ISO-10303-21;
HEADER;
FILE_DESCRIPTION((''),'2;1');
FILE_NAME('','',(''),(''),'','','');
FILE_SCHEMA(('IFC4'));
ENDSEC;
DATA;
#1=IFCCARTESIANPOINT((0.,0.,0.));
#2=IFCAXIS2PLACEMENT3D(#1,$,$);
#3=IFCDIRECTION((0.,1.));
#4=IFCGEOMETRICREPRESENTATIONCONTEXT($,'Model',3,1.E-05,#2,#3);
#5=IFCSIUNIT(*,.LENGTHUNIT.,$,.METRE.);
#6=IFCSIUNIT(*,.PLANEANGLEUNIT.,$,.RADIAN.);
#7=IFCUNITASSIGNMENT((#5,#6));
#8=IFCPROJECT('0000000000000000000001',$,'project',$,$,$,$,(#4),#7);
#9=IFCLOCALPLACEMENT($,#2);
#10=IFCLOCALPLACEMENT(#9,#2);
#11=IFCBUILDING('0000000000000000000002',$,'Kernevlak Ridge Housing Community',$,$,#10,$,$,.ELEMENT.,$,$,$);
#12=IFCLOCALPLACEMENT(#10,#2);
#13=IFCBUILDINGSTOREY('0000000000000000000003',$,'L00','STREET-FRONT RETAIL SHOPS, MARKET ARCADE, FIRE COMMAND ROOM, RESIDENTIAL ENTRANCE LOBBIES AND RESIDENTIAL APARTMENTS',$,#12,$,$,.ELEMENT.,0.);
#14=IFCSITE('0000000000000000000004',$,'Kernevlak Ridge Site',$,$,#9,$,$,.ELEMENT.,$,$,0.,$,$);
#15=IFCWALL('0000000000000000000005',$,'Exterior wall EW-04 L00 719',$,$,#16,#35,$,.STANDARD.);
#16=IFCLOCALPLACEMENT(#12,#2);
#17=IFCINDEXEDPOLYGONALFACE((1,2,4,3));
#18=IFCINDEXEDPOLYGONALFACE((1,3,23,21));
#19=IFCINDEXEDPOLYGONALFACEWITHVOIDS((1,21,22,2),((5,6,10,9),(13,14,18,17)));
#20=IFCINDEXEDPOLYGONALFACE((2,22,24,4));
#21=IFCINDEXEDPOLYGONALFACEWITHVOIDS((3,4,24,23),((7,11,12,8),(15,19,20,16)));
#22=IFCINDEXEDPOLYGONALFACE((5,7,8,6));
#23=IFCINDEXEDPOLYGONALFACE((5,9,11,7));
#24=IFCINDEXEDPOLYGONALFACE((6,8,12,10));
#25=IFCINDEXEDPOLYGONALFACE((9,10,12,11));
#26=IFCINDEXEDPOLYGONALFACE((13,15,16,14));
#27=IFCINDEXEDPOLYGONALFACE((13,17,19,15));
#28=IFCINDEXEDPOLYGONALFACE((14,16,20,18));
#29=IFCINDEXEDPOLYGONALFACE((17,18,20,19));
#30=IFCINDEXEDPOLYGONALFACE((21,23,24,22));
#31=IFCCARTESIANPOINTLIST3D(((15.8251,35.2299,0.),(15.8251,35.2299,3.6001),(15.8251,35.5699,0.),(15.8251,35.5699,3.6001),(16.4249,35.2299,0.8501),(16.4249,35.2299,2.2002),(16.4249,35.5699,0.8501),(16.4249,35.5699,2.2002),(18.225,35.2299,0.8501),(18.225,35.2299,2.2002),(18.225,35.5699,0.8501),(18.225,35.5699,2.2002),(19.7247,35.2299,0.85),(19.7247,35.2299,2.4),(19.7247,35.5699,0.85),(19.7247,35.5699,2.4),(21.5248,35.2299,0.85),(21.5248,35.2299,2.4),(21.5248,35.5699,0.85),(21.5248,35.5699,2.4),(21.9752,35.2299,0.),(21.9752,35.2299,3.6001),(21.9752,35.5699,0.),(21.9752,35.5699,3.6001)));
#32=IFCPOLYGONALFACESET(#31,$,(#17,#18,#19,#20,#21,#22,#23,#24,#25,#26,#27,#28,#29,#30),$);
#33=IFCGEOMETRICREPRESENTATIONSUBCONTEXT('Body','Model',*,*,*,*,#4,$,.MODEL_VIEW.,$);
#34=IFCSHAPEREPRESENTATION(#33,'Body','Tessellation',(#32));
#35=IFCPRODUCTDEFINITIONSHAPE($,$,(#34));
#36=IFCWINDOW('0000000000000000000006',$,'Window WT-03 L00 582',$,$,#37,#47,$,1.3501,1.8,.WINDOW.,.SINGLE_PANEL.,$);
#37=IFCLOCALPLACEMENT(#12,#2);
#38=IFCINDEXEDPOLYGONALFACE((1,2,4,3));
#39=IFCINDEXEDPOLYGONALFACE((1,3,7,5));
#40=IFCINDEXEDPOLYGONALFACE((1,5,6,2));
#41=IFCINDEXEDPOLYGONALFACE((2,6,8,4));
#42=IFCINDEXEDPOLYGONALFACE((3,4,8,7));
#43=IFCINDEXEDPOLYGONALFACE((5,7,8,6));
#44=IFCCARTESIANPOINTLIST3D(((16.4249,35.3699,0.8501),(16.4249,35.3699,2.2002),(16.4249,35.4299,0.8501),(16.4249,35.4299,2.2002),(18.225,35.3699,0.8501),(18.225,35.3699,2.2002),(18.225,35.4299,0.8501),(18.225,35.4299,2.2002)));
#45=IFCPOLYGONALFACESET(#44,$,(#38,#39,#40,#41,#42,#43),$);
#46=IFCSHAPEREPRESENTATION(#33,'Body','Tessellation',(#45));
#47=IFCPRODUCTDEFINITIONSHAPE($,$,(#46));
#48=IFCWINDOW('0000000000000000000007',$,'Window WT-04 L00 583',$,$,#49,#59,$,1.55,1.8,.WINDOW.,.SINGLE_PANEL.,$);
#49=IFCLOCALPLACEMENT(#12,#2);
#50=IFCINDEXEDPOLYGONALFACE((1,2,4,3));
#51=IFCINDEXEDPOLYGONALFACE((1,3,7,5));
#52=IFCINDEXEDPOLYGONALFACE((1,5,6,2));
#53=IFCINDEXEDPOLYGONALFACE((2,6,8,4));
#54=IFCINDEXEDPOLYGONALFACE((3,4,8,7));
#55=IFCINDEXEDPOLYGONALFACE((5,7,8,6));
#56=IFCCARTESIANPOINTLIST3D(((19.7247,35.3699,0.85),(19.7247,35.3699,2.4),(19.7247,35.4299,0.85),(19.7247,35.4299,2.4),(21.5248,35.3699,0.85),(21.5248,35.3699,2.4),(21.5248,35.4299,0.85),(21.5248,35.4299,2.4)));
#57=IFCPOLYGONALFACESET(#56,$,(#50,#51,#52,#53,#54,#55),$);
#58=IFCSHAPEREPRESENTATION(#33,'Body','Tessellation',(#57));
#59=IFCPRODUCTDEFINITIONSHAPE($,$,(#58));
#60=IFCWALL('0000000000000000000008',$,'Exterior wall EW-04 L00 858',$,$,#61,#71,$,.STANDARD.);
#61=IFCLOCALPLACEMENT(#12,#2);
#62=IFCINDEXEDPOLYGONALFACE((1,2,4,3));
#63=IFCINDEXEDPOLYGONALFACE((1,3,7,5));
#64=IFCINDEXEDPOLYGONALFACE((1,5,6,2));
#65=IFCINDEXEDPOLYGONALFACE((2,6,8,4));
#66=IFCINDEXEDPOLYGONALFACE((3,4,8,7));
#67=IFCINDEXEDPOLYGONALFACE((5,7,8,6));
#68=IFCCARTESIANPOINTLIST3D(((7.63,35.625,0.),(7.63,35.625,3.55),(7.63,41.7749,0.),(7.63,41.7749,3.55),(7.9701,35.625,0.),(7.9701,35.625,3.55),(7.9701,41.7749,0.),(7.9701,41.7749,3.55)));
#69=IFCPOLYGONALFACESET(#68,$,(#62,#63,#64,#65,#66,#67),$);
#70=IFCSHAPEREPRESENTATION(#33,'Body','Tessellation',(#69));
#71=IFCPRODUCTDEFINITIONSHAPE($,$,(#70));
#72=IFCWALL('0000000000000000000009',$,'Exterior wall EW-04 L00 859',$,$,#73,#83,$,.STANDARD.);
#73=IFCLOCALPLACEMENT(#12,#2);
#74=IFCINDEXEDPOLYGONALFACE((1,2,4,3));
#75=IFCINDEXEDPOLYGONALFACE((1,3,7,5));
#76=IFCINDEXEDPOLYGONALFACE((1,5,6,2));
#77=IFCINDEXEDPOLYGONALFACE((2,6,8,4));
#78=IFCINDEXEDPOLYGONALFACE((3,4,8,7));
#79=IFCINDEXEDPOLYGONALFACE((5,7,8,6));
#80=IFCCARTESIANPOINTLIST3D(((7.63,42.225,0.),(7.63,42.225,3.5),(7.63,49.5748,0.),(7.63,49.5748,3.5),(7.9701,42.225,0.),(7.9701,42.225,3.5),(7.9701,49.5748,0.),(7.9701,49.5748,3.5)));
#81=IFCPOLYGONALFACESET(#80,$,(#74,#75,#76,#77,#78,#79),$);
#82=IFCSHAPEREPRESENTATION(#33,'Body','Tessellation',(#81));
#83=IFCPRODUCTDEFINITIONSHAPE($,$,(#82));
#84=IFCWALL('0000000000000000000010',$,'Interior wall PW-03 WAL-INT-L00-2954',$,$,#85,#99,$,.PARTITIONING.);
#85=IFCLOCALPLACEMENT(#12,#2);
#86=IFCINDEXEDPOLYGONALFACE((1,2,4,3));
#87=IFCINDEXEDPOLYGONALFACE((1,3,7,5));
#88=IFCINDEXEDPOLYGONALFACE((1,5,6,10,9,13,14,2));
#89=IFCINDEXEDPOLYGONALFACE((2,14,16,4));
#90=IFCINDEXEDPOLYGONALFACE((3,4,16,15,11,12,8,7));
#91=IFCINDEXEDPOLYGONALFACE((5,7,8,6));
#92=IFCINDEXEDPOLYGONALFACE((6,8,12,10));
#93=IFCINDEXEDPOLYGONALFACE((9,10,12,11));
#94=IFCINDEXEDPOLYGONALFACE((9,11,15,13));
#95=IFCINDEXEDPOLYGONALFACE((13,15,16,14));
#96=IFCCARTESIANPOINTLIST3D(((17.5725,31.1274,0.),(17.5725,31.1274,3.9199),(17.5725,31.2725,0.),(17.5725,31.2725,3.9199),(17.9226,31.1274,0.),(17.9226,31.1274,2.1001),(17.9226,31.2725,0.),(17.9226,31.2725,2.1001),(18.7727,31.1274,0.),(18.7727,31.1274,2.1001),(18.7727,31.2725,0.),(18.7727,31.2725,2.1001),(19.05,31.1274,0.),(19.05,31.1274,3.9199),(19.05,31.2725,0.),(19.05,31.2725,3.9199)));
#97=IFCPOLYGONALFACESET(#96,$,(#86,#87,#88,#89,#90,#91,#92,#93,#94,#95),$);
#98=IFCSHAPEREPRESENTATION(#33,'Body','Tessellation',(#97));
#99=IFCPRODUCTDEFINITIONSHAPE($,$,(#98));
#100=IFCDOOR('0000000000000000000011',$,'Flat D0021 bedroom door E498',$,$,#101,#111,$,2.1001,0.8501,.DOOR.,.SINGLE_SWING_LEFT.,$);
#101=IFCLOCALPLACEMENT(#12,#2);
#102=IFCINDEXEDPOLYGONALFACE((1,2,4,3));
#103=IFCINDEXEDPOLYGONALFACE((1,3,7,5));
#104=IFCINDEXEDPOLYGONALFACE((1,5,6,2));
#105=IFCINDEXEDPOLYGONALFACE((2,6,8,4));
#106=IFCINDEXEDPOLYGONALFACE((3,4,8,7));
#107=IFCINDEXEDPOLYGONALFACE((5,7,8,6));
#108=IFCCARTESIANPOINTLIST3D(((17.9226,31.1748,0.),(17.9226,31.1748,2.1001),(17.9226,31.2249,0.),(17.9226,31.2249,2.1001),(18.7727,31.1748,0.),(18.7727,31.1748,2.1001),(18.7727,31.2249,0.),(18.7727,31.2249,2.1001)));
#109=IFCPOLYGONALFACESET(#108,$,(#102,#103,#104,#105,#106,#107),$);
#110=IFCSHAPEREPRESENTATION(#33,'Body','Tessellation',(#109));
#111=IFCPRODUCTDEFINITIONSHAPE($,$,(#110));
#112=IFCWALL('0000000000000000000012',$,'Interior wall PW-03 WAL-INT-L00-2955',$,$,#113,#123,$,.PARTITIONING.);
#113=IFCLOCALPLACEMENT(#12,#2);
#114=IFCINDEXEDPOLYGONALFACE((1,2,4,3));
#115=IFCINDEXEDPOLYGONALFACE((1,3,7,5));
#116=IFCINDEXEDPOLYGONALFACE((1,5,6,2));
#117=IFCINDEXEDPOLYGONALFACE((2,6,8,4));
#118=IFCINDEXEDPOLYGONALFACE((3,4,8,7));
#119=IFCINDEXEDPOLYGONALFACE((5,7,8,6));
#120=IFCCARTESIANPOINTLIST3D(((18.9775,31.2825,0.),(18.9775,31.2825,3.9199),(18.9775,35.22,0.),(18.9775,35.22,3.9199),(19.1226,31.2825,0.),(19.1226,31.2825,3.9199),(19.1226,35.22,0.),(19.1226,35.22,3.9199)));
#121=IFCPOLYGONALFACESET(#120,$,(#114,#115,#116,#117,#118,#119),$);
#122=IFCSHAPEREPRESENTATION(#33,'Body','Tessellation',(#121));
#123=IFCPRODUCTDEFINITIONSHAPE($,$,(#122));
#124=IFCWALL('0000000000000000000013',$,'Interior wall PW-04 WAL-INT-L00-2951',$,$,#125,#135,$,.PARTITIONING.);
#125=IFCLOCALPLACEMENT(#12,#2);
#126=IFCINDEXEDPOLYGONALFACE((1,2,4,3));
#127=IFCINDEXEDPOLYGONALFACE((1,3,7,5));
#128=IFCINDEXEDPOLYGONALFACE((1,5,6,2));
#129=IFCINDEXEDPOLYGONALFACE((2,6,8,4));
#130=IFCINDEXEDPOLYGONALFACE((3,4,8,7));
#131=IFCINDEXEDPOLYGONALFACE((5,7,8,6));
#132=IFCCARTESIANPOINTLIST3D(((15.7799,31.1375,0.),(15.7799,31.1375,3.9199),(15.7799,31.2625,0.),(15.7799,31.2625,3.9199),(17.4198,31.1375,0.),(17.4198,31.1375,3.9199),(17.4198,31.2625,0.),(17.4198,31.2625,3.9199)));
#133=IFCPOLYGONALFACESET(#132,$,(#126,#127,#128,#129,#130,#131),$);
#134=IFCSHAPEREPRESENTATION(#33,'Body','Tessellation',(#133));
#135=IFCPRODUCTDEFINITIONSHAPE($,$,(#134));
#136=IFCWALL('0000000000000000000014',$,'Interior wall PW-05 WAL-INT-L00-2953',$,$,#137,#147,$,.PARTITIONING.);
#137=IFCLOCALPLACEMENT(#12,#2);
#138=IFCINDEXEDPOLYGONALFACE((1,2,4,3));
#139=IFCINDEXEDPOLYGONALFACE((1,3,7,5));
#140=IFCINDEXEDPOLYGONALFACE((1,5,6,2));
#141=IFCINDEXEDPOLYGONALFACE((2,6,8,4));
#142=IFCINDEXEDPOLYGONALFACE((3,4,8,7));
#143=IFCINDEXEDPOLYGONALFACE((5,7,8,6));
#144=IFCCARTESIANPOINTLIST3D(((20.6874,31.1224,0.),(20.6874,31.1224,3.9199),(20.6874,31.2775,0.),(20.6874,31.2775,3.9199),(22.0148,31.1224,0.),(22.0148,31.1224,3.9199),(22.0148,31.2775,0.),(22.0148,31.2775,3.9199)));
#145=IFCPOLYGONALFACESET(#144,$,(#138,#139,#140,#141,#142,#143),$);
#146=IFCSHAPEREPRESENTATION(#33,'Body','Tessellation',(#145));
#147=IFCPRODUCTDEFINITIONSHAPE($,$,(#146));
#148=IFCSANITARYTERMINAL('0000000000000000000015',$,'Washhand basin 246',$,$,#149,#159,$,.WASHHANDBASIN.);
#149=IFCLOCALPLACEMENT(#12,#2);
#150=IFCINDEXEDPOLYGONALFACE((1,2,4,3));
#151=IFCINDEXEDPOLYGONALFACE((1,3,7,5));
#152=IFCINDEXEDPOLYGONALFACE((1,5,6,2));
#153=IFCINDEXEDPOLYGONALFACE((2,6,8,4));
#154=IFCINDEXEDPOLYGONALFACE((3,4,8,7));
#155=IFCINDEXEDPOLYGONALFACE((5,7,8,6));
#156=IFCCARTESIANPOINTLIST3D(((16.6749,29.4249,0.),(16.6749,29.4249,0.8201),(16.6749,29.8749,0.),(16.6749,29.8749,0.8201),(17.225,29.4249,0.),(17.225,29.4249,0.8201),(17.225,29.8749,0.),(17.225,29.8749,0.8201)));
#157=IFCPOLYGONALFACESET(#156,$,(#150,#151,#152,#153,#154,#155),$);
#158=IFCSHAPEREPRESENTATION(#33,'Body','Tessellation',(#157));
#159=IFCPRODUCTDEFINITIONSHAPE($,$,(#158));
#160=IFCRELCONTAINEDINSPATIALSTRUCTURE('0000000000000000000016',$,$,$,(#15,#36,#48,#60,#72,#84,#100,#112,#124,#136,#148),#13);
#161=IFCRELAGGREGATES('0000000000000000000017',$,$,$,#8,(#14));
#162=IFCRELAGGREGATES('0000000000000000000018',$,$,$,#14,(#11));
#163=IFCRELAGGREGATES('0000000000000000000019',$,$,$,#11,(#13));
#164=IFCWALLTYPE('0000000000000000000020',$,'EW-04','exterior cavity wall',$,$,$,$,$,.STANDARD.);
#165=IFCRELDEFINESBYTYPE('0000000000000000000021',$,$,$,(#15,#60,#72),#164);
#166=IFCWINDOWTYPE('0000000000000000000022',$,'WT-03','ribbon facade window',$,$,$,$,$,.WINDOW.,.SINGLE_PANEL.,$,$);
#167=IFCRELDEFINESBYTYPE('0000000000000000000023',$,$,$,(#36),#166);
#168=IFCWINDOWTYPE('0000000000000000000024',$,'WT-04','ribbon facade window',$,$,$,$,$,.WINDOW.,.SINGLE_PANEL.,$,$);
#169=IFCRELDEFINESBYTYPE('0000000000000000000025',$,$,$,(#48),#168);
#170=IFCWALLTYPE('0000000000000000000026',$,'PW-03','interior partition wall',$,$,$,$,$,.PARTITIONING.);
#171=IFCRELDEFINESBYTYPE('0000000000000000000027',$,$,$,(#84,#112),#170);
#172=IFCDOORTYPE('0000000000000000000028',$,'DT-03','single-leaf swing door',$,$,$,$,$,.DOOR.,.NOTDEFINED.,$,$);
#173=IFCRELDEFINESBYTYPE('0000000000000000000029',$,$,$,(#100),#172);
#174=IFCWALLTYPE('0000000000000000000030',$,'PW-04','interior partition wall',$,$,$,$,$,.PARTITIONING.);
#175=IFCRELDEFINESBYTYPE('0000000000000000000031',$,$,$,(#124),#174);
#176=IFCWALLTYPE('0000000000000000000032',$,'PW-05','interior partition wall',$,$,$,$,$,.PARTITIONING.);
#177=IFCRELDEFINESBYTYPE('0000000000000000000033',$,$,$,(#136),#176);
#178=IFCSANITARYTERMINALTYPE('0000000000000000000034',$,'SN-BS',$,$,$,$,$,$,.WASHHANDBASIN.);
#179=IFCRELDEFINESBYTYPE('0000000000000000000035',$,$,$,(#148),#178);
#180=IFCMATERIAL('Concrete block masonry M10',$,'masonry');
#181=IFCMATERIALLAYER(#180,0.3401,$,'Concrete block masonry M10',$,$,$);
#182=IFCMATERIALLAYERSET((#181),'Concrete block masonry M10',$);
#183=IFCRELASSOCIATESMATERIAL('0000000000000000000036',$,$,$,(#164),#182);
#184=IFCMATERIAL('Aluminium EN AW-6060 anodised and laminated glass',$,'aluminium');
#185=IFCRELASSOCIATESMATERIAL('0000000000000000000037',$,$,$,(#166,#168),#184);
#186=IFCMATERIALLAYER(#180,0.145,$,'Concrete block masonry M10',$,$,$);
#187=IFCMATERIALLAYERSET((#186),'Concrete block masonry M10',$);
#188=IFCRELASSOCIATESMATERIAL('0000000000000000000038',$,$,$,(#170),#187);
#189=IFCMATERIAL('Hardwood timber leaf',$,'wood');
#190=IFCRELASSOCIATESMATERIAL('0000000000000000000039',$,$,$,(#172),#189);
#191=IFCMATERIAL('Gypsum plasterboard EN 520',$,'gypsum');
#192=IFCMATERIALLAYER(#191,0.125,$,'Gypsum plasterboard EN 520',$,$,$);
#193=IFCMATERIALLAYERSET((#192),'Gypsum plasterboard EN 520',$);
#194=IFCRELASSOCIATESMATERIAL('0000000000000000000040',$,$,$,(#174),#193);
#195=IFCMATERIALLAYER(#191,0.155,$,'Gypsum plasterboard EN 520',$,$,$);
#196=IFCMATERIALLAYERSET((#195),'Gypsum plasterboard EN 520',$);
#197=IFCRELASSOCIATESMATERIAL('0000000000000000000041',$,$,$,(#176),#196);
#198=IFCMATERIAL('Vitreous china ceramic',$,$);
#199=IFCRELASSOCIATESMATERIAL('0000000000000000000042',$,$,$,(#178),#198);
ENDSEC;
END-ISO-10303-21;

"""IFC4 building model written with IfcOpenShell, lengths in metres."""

from ifc_helpers import new_model, si_unit, direction, frame, frame_2d, origin, origin_2d, place, context, subcontext, project, spatial, rectangle, extrude, material, layer, layer_set, type_object, element, fill, save


model = new_model("IFC4")

# Units and contexts
model_context = context("Model", 3, precision=1e-05, world=origin(), true_north=direction((0.0, 1.0)))
body_context = subcontext(model_context, "Body", "Model", "MODEL_VIEW")
ifc_project = project(units=[si_unit("LENGTHUNIT", "METRE"), si_unit("PLANEANGLEUNIT", "RADIAN")], contexts=[model_context])

# Site, building, storey
site_placement = place(None, origin())
site = spatial("IfcSite", under=ifc_project, at=site_placement, Name="Kernevlak Ridge Site", CompositionType="ELEMENT", RefElevation=0.0)
building_placement = place(site_placement, origin())
building = spatial("IfcBuilding", under=site, at=building_placement, Name="Kernevlak Ridge Housing Community", CompositionType="ELEMENT")
storey_placement = place(building_placement, origin())
storey = spatial("IfcBuildingStorey", under=building, at=storey_placement, Name="L00", Description="STREET-FRONT RETAIL SHOPS, MARKET ARCADE, FIRE COMMAND ROOM, RESIDENTIAL ENTRANCE LOBBIES AND RESIDENTIAL APARTMENTS", CompositionType="ELEMENT", Elevation=0.0)

# Wall, openings, windows
ifc_material_1 = material(Name="Concrete block masonry M10", Category="masonry")
ifc_layer_1 = layer(ifc_material_1, 0.3401, Name="Concrete block masonry M10")
ifc_layer_set_1 = layer_set([ifc_layer_1], Name="Concrete block masonry M10")
wall_type_1 = type_object("IfcWallType", Name="EW-04", Description="exterior cavity wall", PredefinedType="STANDARD", material=ifc_layer_set_1)
wall_1_placement = place(storey_placement, frame((15.825, 35.3999, 0.0), z_axis=(0.0, 0.0, 1.0), x_axis=(1.0, 0.0, 0.0)))
wall_1 = element("IfcWall", 1, at=wall_1_placement, inside=storey, type_object=wall_type_1, Name="Exterior wall EW-04 L00 719", PredefinedType="STANDARD", context=body_context, shape_type="SweptSolid", body=[
    extrude(rectangle(XDim=6.1501, YDim=0.3401, at=frame_2d((3.0752, 0.0))), origin(), (0.0, 0.0, 1.0), 3.6001),
])
opening_1_placement = place(wall_1_placement, frame((0.6001, 0.0, 0.8501)))
opening_1 = element("IfcOpeningElement", 2, at=opening_1_placement, cuts=wall_1, PredefinedType="OPENING", context=body_context, shape_type="SweptSolid", body=[
    extrude(rectangle(XDim=1.8, YDim=1.3501, at=frame_2d((0.8999, 0.675))), frame((0.0, 0.1799, 0.0), z_axis=(0.0, -1.0, 0.0), x_axis=(1.0, 0.0, 0.0)), (0.0, 0.0, 1.0), 0.3601),
])
opening_2_placement = place(wall_1_placement, frame((3.8999, 0.0, 0.8501)))
opening_2 = element("IfcOpeningElement", 3, at=opening_2_placement, cuts=wall_1, PredefinedType="OPENING", context=body_context, shape_type="SweptSolid", body=[
    extrude(rectangle(XDim=1.8, YDim=1.55, at=frame_2d((0.8999, 0.7749))), frame((0.0, 0.1799, 0.0), z_axis=(0.0, -1.0, 0.0), x_axis=(1.0, 0.0, 0.0)), (0.0, 0.0, 1.0), 0.3601),
])
ifc_material_2 = material(Name="Aluminium EN AW-6060 anodised and laminated glass", Category="aluminium")
window_type_1 = type_object("IfcWindowType", Name="WT-03", Description="ribbon facade window", PartitioningType="SINGLE_PANEL", PredefinedType="WINDOW", material=ifc_material_2)
window_1_placement = place(opening_1_placement, origin())
window_1 = element("IfcWindow", 4, at=window_1_placement, inside=storey, type_object=window_type_1, Name="Window WT-03 L00 582", OverallHeight=1.3501, OverallWidth=1.8, PartitioningType="SINGLE_PANEL", PredefinedType="WINDOW", context=body_context, shape_type="SweptSolid", body=[
    extrude(rectangle(XDim=1.8, YDim=1.3501, at=frame_2d((0.8999, 0.675))), frame((0.0, 0.03, 0.0), z_axis=(0.0, -1.0, 0.0), x_axis=(1.0, 0.0, 0.0)), (0.0, 0.0, 1.0), 0.0601),
])
fill(opening_1, window_1)
window_type_2 = type_object("IfcWindowType", Name="WT-04", Description="ribbon facade window", PartitioningType="SINGLE_PANEL", PredefinedType="WINDOW", material=ifc_material_2)
window_2_placement = place(opening_2_placement, origin())
window_2 = element("IfcWindow", 5, at=window_2_placement, inside=storey, type_object=window_type_2, Name="Window WT-04 L00 583", OverallHeight=1.55, OverallWidth=1.8, PartitioningType="SINGLE_PANEL", PredefinedType="WINDOW", context=body_context, shape_type="SweptSolid", body=[
    extrude(rectangle(XDim=1.8, YDim=1.55, at=frame_2d((0.8999, 0.7749))), frame((0.0, 0.03, 0.0), z_axis=(0.0, -1.0, 0.0), x_axis=(1.0, 0.0, 0.0)), (0.0, 0.0, 1.0), 0.0601),
])
fill(opening_2, window_2)

# Walls
wall_2_placement = place(storey_placement, frame((7.8, 35.625, 0.0), z_axis=(0.0, 0.0, 1.0), x_axis=(0.0, 1.0, 0.0)))
element("IfcWall", 6, at=wall_2_placement, inside=storey, type_object=wall_type_1, Name="Exterior wall EW-04 L00 858", PredefinedType="STANDARD", context=body_context, shape_type="SweptSolid", body=[
    extrude(rectangle(XDim=6.1499, YDim=0.3401, at=frame_2d((3.075, 0.0))), origin(), (0.0, 0.0, 1.0), 3.55),
])
wall_3_placement = place(storey_placement, frame((7.8, 42.2251, 0.0), z_axis=(0.0, 0.0, 1.0), x_axis=(0.0, 1.0, 0.0)))
element("IfcWall", 7, at=wall_3_placement, inside=storey, type_object=wall_type_1, Name="Exterior wall EW-04 L00 859", PredefinedType="STANDARD", context=body_context, shape_type="SweptSolid", body=[
    extrude(rectangle(XDim=7.3499, YDim=0.3401, at=frame_2d((3.6748, 0.0))), origin(), (0.0, 0.0, 1.0), 3.5),
])

# Wall, opening, door
ifc_layer_2 = layer(ifc_material_1, 0.145, Name="Concrete block masonry M10")
ifc_layer_set_2 = layer_set([ifc_layer_2], Name="Concrete block masonry M10")
wall_type_2 = type_object("IfcWallType", Name="PW-03", Description="interior partition wall", PredefinedType="PARTITIONING", material=ifc_layer_set_2)
wall_4_placement = place(storey_placement, frame((17.5725, 31.2, 0.0), z_axis=(0.0, 0.0, 1.0), x_axis=(1.0, 0.0, 0.0)))
wall_4 = element("IfcWall", 8, at=wall_4_placement, inside=storey, type_object=wall_type_2, Name="Interior wall PW-03 WAL-INT-L00-2954", PredefinedType="PARTITIONING", context=body_context, shape_type="SweptSolid", body=[
    extrude(rectangle(XDim=1.4775, YDim=0.145, at=frame_2d((0.7388, 0.0))), origin(), (0.0, 0.0, 1.0), 3.9199),
])
opening_3_placement = place(wall_4_placement, frame((0.3501, 0.0, 0.0)))
opening_3 = element("IfcOpeningElement", 9, at=opening_3_placement, cuts=wall_4, PredefinedType="OPENING", context=body_context, shape_type="SweptSolid", body=[
    extrude(rectangle(XDim=0.8501, YDim=2.1001, at=frame_2d((0.425, 1.05))), frame((0.0, 0.0825, 0.0), z_axis=(0.0, -1.0, 0.0), x_axis=(1.0, 0.0, 0.0)), (0.0, 0.0, 1.0), 0.165),
])
ifc_material_3 = material(Name="Hardwood timber leaf", Category="wood")
door_type = type_object("IfcDoorType", Name="DT-03", Description="single-leaf swing door", OperationType="NOTDEFINED", PredefinedType="DOOR", material=ifc_material_3)
door_placement = place(opening_3_placement, origin())
door = element("IfcDoor", 10, at=door_placement, inside=storey, type_object=door_type, Name="Flat D0021 bedroom door E498", OperationType="SINGLE_SWING_LEFT", OverallHeight=2.1001, OverallWidth=0.8501, PredefinedType="DOOR", context=body_context, shape_type="SweptSolid", body=[
    extrude(rectangle(XDim=0.8501, YDim=2.1001, at=frame_2d((0.425, 1.05))), frame((0.0, 0.0249, 0.0), z_axis=(0.0, -1.0, 0.0), x_axis=(1.0, 0.0, 0.0)), (0.0, 0.0, 1.0), 0.05),
])
fill(opening_3, door)

# Walls
wall_5_placement = place(storey_placement, frame((19.05, 31.2825, 0.0), z_axis=(0.0, 0.0, 1.0), x_axis=(0.0, 1.0, 0.0)))
element("IfcWall", 11, at=wall_5_placement, inside=storey, type_object=wall_type_2, Name="Interior wall PW-03 WAL-INT-L00-2955", PredefinedType="PARTITIONING", context=body_context, shape_type="SweptSolid", body=[
    extrude(rectangle(XDim=3.9375, YDim=0.145, at=frame_2d((1.9688, 0.0))), origin(), (0.0, 0.0, 1.0), 3.9199),
])
ifc_material_4 = material(Name="Gypsum plasterboard EN 520", Category="gypsum")
ifc_layer_3 = layer(ifc_material_4, 0.125, Name="Gypsum plasterboard EN 520")
ifc_layer_set_3 = layer_set([ifc_layer_3], Name="Gypsum plasterboard EN 520")
wall_type_3 = type_object("IfcWallType", Name="PW-04", Description="interior partition wall", PredefinedType="PARTITIONING", material=ifc_layer_set_3)
wall_6_placement = place(storey_placement, frame((15.78, 31.2, 0.0), z_axis=(0.0, 0.0, 1.0), x_axis=(1.0, 0.0, 0.0)))
element("IfcWall", 12, at=wall_6_placement, inside=storey, type_object=wall_type_3, Name="Interior wall PW-04 WAL-INT-L00-2951", PredefinedType="PARTITIONING", context=body_context, shape_type="SweptSolid", body=[
    extrude(rectangle(XDim=1.6399, YDim=0.125, at=frame_2d((0.8198, 0.0))), origin(), (0.0, 0.0, 1.0), 3.9199),
])
ifc_layer_4 = layer(ifc_material_4, 0.155, Name="Gypsum plasterboard EN 520")
ifc_layer_set_4 = layer_set([ifc_layer_4], Name="Gypsum plasterboard EN 520")
wall_type_4 = type_object("IfcWallType", Name="PW-05", Description="interior partition wall", PredefinedType="PARTITIONING", material=ifc_layer_set_4)
wall_7_placement = place(storey_placement, frame((20.6875, 31.2, 0.0), z_axis=(0.0, 0.0, 1.0), x_axis=(1.0, 0.0, 0.0)))
element("IfcWall", 13, at=wall_7_placement, inside=storey, type_object=wall_type_4, Name="Interior wall PW-05 WAL-INT-L00-2953", PredefinedType="PARTITIONING", context=body_context, shape_type="SweptSolid", body=[
    extrude(rectangle(XDim=1.3274, YDim=0.155, at=frame_2d((0.6636, 0.0))), origin(), (0.0, 0.0, 1.0), 3.9199),
])

# Sanitary terminal
ifc_material_5 = material(Name="Vitreous china ceramic")
sanitary_terminal_type_1 = type_object("IfcSanitaryTerminalType", Name="SN-BS", PredefinedType="WASHHANDBASIN", material=ifc_material_5)
sanitary_terminal_1_placement = place(storey_placement, frame((16.95, 29.6499, 0.0), z_axis=(0.0, 0.0, 1.0), x_axis=(1.0, 0.0, 0.0)))
element("IfcSanitaryTerminal", 14, at=sanitary_terminal_1_placement, inside=storey, type_object=sanitary_terminal_type_1, Name="Washhand basin 246", PredefinedType="WASHHANDBASIN", context=body_context, shape_type="SweptSolid", body=[
    extrude(rectangle(XDim=0.55, YDim=0.45, at=origin_2d()), origin(), (0.0, 0.0, 1.0), 0.8201),
])

save(model, "model.ifc")
